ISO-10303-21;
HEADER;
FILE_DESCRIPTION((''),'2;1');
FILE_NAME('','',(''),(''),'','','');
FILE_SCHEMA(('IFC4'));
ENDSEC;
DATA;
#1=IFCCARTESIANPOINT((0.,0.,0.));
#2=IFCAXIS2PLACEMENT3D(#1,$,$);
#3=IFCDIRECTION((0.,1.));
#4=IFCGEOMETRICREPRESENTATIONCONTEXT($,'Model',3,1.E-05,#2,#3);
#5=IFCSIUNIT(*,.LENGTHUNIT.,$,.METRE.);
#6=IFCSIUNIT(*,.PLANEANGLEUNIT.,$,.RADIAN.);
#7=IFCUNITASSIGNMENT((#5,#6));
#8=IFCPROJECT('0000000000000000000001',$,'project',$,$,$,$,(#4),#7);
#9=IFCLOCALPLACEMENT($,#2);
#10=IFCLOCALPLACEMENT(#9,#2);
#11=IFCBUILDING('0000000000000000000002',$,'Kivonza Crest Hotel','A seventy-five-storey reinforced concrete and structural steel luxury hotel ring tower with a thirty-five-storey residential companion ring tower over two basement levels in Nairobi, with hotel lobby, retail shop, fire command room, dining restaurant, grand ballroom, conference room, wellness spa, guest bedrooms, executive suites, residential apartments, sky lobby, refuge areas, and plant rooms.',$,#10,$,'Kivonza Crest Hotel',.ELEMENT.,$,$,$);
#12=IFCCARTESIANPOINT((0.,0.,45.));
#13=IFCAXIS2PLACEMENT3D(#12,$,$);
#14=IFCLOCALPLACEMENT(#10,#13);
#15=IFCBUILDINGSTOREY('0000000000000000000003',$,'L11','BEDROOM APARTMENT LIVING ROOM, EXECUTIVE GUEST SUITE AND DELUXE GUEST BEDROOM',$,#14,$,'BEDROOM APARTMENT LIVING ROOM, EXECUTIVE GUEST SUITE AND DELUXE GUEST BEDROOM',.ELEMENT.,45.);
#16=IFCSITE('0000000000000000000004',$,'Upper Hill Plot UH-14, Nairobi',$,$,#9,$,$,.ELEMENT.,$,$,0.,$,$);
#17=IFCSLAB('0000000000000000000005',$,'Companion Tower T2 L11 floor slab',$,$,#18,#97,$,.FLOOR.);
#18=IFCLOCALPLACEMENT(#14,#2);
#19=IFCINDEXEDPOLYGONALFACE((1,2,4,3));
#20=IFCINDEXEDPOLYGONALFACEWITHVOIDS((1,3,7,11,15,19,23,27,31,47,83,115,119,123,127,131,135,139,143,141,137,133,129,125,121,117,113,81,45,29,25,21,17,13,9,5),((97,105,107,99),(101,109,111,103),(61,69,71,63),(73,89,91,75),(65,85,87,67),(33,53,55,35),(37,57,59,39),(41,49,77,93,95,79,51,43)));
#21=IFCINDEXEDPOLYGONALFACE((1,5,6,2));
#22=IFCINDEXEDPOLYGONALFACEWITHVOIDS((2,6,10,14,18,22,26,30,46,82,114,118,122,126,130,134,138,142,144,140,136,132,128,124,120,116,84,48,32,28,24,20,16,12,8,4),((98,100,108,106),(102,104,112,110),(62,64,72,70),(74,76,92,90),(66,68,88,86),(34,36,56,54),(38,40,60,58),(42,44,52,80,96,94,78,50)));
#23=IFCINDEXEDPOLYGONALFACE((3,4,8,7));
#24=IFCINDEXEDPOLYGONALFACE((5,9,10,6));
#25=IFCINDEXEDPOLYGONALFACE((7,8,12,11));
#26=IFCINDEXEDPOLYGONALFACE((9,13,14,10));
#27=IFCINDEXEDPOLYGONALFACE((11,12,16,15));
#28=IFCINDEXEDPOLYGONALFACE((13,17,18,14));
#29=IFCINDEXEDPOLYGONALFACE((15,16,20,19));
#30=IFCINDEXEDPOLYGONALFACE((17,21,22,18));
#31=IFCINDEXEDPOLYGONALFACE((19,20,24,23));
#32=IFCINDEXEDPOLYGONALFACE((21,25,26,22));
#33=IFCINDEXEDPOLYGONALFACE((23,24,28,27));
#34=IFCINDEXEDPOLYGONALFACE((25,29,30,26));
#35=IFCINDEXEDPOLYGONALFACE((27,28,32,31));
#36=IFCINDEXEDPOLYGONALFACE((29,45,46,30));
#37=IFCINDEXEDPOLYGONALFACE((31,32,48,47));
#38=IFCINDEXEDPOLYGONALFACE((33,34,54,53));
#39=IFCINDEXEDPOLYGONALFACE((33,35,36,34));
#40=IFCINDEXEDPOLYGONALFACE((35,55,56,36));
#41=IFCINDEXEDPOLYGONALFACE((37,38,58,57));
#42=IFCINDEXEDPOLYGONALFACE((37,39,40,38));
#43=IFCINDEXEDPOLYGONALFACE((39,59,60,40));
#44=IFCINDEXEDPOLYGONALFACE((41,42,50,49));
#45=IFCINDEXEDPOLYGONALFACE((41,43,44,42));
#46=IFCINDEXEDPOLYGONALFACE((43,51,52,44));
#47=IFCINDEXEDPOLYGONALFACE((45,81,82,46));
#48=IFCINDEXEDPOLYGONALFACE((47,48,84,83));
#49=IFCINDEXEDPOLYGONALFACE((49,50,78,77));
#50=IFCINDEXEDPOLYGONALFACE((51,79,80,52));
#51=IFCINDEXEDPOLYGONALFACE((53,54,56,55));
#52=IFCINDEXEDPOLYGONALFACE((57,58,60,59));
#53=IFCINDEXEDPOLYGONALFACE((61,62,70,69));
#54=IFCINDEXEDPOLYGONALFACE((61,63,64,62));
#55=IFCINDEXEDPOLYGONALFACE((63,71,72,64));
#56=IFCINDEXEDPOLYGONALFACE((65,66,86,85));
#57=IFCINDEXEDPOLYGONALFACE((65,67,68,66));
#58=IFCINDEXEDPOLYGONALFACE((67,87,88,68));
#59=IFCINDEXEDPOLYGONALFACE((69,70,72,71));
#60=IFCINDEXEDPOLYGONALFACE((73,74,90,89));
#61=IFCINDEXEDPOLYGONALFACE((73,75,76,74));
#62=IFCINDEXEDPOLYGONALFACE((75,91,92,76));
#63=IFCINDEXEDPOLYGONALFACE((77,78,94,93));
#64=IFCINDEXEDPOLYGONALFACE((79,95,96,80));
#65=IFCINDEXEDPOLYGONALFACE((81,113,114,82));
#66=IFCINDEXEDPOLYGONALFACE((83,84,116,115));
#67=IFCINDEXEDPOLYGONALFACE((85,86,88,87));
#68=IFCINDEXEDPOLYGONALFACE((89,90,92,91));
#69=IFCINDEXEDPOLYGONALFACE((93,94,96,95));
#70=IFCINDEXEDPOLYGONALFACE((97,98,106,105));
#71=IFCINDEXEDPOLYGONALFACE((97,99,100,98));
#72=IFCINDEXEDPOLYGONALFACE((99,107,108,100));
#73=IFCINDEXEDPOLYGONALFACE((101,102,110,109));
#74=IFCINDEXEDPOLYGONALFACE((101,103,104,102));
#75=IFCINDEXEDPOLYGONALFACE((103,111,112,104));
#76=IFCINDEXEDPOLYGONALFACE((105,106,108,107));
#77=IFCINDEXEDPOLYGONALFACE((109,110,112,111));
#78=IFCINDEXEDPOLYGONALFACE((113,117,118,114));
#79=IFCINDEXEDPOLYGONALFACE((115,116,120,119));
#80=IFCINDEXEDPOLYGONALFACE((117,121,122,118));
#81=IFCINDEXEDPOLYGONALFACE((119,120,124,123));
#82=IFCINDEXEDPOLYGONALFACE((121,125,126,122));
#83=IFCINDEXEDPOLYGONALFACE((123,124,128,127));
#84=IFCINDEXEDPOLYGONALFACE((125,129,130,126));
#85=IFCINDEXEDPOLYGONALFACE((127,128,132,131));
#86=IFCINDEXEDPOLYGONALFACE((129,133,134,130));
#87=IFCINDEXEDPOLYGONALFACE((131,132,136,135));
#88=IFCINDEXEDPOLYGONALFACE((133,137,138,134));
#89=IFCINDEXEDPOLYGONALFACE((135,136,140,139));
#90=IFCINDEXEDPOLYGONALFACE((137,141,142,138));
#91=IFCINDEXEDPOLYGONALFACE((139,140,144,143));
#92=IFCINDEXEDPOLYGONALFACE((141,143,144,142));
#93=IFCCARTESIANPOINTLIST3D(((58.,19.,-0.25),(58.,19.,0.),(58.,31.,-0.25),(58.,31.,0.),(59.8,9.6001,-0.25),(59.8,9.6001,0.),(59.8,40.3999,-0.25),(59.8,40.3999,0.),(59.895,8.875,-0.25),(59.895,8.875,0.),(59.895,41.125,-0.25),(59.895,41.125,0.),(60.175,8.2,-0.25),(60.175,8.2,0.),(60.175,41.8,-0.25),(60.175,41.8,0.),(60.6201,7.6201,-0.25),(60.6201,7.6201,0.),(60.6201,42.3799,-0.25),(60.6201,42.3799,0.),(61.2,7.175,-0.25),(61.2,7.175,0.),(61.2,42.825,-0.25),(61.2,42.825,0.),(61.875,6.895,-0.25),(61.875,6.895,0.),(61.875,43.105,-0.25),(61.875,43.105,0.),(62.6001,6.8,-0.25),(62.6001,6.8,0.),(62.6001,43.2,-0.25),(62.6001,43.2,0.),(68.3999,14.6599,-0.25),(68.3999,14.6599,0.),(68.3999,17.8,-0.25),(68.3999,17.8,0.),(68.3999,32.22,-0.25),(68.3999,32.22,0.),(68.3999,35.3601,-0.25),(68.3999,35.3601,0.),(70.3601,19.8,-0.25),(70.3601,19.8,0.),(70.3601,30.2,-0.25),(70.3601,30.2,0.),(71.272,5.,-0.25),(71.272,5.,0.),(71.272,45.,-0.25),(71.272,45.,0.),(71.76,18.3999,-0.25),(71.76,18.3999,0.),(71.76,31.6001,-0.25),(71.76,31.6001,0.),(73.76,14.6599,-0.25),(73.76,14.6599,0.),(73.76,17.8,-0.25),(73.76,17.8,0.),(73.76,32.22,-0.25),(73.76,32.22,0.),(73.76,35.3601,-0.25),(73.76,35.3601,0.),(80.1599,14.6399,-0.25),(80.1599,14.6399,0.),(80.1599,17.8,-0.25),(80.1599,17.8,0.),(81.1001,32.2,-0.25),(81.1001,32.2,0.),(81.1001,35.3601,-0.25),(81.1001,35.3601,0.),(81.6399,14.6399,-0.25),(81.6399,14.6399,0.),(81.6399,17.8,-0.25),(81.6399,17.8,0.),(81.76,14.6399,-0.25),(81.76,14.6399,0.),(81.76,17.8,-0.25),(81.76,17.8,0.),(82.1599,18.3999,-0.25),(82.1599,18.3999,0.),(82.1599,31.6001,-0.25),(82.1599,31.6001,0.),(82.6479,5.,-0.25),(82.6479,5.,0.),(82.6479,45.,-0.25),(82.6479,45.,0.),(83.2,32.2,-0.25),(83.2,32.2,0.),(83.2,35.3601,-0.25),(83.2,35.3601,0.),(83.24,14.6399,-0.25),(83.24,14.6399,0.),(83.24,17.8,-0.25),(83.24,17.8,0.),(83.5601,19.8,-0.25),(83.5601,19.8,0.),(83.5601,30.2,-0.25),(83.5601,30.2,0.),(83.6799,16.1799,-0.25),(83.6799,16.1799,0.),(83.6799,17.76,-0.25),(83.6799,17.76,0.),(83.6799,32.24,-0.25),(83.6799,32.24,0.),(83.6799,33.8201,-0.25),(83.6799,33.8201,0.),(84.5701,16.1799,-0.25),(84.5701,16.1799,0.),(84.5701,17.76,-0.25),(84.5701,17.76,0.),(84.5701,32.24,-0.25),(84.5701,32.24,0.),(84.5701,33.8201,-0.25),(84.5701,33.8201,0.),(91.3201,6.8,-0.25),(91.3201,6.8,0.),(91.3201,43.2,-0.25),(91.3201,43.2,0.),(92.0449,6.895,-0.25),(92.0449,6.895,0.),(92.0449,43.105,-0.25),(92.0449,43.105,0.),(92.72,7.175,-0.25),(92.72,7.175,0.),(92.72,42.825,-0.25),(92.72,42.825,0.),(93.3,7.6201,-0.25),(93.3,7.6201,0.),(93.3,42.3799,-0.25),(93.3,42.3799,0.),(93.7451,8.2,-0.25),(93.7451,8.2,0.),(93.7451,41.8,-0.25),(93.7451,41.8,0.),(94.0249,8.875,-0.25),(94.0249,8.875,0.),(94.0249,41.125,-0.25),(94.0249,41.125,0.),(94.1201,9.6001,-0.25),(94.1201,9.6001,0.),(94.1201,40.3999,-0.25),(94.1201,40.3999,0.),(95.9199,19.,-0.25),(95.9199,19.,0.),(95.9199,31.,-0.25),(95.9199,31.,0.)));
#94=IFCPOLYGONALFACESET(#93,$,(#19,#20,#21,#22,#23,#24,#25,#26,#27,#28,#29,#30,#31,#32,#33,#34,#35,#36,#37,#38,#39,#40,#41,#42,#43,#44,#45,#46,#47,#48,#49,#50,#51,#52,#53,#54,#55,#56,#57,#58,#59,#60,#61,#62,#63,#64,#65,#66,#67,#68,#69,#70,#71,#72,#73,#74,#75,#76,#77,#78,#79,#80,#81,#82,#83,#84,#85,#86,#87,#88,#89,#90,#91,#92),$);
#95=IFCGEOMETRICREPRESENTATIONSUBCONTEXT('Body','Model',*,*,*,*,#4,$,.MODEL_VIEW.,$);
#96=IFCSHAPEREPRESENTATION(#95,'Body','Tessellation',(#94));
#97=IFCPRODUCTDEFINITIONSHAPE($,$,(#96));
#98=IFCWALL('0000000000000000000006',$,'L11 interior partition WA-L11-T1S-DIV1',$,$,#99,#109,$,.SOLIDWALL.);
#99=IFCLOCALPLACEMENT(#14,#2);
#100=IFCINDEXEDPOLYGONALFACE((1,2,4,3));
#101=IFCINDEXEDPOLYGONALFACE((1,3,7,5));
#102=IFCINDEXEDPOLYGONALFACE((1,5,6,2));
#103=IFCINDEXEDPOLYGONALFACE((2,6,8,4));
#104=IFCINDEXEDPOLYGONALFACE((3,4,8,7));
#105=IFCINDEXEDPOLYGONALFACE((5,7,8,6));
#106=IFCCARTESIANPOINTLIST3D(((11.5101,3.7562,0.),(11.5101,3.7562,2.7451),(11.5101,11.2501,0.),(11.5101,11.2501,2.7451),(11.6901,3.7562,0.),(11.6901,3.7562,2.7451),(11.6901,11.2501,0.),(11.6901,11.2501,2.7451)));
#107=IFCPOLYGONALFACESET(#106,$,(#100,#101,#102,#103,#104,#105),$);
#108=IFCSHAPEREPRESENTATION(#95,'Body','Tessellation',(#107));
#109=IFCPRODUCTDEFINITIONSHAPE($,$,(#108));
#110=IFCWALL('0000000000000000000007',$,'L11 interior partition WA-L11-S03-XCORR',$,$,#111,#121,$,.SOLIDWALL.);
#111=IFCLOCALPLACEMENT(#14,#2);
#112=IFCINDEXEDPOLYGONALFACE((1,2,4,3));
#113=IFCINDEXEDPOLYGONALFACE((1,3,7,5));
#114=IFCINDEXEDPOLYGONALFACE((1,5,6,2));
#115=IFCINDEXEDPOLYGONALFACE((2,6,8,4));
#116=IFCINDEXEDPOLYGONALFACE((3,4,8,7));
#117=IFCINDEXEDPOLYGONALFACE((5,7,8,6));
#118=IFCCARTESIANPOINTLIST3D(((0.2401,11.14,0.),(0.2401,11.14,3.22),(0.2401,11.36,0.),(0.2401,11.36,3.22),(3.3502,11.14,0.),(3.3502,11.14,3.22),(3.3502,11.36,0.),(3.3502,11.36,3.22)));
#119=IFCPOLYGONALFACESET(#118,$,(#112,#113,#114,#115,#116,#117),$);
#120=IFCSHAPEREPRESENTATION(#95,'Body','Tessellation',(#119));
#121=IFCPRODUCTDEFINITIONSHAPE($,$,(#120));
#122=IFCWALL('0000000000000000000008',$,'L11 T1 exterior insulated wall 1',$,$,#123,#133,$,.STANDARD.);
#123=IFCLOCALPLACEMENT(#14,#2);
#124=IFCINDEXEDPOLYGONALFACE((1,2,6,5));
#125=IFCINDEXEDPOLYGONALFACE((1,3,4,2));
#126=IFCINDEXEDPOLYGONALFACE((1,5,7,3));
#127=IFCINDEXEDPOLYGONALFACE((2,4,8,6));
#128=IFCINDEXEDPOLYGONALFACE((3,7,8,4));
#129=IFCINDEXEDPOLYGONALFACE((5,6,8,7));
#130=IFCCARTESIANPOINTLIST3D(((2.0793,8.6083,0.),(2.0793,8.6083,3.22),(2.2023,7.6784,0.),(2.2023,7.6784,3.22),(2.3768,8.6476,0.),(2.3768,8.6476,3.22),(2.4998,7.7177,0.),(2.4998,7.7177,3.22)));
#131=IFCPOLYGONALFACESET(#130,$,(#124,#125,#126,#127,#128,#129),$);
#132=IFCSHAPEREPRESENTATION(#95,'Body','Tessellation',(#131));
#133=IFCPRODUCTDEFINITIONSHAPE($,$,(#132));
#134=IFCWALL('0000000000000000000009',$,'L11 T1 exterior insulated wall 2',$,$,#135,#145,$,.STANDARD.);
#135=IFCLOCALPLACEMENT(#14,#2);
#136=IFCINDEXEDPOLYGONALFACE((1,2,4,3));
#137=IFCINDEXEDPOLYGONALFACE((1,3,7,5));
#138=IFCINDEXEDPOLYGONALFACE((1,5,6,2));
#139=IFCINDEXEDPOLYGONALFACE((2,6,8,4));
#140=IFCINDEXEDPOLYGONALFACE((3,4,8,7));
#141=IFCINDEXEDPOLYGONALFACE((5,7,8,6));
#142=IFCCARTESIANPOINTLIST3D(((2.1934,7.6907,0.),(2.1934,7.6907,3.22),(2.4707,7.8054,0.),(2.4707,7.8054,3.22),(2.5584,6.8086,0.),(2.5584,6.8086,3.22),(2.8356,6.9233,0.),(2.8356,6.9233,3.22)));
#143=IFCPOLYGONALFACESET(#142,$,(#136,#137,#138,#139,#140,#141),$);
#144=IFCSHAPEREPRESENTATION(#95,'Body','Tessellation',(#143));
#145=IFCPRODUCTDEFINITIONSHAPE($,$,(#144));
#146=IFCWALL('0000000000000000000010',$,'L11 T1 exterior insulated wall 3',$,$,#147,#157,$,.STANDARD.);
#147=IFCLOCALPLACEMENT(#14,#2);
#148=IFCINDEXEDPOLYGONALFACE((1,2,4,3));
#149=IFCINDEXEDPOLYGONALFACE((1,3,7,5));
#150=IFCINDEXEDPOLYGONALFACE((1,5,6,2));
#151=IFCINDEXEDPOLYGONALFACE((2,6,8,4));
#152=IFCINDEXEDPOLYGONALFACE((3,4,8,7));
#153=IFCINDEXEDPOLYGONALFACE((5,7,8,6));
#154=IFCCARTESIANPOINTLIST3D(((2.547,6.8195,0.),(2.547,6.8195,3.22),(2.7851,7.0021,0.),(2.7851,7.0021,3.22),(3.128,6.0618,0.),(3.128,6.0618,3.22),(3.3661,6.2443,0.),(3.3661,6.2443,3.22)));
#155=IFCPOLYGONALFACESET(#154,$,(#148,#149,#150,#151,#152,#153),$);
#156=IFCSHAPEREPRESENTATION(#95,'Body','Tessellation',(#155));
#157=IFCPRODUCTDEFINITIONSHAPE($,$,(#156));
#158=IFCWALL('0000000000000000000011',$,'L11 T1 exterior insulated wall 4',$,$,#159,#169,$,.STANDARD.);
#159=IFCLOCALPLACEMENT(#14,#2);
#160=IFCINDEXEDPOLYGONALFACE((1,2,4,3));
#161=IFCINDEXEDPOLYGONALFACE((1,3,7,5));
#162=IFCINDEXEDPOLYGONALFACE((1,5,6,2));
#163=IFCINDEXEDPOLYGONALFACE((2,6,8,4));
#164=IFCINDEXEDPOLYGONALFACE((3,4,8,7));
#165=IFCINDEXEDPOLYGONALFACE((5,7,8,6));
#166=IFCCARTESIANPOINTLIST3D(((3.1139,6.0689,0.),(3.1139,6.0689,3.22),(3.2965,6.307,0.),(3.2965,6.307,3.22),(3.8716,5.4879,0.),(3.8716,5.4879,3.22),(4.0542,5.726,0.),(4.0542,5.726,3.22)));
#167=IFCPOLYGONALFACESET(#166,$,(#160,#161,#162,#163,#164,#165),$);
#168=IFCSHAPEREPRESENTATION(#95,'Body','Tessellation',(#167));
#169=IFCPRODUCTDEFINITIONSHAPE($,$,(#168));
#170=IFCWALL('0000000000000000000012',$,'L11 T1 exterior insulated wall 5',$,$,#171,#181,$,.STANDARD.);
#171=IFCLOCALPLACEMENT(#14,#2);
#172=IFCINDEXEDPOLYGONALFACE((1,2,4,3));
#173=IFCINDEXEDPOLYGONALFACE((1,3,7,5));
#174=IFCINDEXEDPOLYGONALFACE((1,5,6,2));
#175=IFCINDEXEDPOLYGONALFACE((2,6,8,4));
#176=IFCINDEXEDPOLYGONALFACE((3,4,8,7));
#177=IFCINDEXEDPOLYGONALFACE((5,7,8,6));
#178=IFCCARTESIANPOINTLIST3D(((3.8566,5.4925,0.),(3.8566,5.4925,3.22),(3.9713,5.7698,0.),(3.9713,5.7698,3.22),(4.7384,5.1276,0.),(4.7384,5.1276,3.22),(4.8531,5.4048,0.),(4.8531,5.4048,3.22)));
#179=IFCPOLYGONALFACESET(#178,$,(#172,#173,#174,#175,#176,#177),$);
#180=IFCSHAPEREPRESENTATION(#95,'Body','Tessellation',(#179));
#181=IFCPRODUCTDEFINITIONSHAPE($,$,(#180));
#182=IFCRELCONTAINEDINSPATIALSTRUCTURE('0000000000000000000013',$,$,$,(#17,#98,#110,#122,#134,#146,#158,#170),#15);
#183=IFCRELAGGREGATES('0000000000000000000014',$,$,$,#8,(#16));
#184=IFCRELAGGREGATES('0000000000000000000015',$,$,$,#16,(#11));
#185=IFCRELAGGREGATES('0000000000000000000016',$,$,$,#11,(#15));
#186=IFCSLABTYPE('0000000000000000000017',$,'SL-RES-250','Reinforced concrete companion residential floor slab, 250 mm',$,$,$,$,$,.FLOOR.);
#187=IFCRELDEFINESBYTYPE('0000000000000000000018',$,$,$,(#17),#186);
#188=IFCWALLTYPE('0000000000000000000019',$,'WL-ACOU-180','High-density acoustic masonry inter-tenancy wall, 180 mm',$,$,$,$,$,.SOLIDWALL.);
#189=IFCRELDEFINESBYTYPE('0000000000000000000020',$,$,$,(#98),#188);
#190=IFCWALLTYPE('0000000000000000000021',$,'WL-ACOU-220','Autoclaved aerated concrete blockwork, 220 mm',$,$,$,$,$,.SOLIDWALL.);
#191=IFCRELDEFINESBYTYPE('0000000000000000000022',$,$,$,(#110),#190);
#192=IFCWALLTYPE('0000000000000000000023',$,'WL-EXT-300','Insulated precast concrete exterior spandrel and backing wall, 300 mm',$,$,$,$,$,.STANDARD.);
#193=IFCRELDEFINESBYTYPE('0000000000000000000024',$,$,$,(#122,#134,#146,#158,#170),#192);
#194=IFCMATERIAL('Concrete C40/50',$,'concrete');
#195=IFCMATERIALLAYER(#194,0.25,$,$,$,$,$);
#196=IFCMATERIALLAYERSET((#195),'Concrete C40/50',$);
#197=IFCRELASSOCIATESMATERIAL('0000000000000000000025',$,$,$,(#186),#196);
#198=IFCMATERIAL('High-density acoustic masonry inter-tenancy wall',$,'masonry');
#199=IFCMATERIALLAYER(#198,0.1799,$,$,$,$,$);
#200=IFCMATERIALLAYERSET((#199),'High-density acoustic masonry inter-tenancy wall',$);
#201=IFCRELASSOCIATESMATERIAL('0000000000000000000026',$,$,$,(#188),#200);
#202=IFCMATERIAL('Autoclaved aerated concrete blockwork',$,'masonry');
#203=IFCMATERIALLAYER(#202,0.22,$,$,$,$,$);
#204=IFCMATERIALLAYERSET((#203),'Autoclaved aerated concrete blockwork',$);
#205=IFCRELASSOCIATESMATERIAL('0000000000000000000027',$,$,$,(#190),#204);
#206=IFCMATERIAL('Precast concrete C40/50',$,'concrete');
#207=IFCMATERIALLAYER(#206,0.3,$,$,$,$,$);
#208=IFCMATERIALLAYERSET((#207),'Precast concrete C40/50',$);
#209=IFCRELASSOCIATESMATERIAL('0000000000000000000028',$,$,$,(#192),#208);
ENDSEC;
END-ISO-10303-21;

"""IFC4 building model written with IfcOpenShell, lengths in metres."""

from ifc_helpers import new_model, si_unit, direction, frame, frame_2d, origin, place, context, subcontext, project, spatial, polyline, rectangle, outline, extrude, material, layer, layer_set, type_object, element, save


model = new_model("IFC4")

# Units and contexts
model_context = context("Model", 3, precision=1e-05, world=origin(), true_north=direction((0.0, 1.0)))
body_context = subcontext(model_context, "Body", "Model", "MODEL_VIEW")
ifc_project = project(units=[si_unit("LENGTHUNIT", "METRE"), si_unit("PLANEANGLEUNIT", "RADIAN")], contexts=[model_context])

# Site, building, storey
site_placement = place(None, origin())
site = spatial("IfcSite", under=ifc_project, at=site_placement, Name="Upper Hill Plot UH-14, Nairobi", CompositionType="ELEMENT", RefElevation=0.0)
building_placement = place(site_placement, origin())
building = spatial("IfcBuilding", under=site, at=building_placement, Name="Kivonza Crest Hotel", Description="A seventy-five-storey reinforced concrete and structural steel luxury hotel ring tower with a thirty-five-storey residential companion ring tower over two basement levels in Nairobi, with hotel lobby, retail shop, fire command room, dining restaurant, grand ballroom, conference room, wellness spa, guest bedrooms, executive suites, residential apartments, sky lobby, refuge areas, and plant rooms.", LongName="Kivonza Crest Hotel", CompositionType="ELEMENT")
storey_placement = place(building_placement, frame((0.0, 0.0, 45.0)))
storey = spatial("IfcBuildingStorey", under=building, at=storey_placement, Name="L11", Description="BEDROOM APARTMENT LIVING ROOM, EXECUTIVE GUEST SUITE AND DELUXE GUEST BEDROOM", LongName="BEDROOM APARTMENT LIVING ROOM, EXECUTIVE GUEST SUITE AND DELUXE GUEST BEDROOM", CompositionType="ELEMENT", Elevation=45.0)

# Shared definitions
ifc_material_1 = material(Name="Concrete C40/50", Category="concrete")

# Slab
ifc_layer_1 = layer(ifc_material_1, 0.25)
ifc_layer_set_1 = layer_set([ifc_layer_1], Name="Concrete C40/50")
slab_type_1 = type_object("IfcSlabType", Name="SL-RES-250", Description="Reinforced concrete companion residential floor slab, 250 mm", PredefinedType="FLOOR", material=ifc_layer_set_1)
slab_1_placement = place(storey_placement, frame((0.0, 0.0, -0.25)))
element("IfcSlab", 1, at=slab_1_placement, inside=storey, type_object=slab_type_1, Name="Companion Tower T2 L11 floor slab", PredefinedType="FLOOR", context=body_context, shape_type="SweptSolid", body=[
    extrude(outline(polyline([(59.8, 9.6001), (59.895, 8.875), (60.175, 8.2), (60.6201, 7.6201), (61.2, 7.175), (61.875, 6.895), (62.6001, 6.8), (71.272, 5.0), (82.6479, 5.0), (91.3201, 6.8), (92.0449, 6.895), (92.72, 7.175), (93.3, 7.6201), (93.7451, 8.2), (94.0249, 8.875), (94.1201, 9.6001), (95.9199, 19.0), (95.9199, 31.0), (94.1201, 40.3999), (94.0249, 41.125), (93.7451, 41.8), (93.3, 42.3799), (92.72, 42.825), (92.0449, 43.105), (91.3201, 43.2), (82.6479, 45.0), (71.272, 45.0), (62.6001, 43.2), (61.875, 43.105), (61.2, 42.825), (60.6201, 42.3799), (60.175, 41.8), (59.895, 41.125), (59.8, 40.3999), (58.0, 31.0), (58.0, 19.0), (59.8, 9.6001)]), holes=[polyline([(71.76, 18.3999), (82.1599, 18.3999), (83.5601, 19.8), (83.5601, 30.2), (82.1599, 31.6001), (71.76, 31.6001), (70.3601, 30.2), (70.3601, 19.8), (71.76, 18.3999)]), polyline([(68.3999, 32.22), (73.76, 32.22), (73.76, 35.3601), (68.3999, 35.3601), (68.3999, 32.22)]), polyline([(68.3999, 14.6599), (73.76, 14.6599), (73.76, 17.8), (68.3999, 17.8), (68.3999, 14.6599)]), polyline([(83.6799, 32.24), (84.5701, 32.24), (84.5701, 33.8201), (83.6799, 33.8201), (83.6799, 32.24)]), polyline([(83.6799, 16.1799), (84.5701, 16.1799), (84.5701, 17.76), (83.6799, 17.76), (83.6799, 16.1799)]), polyline([(81.1001, 32.2), (83.2, 32.2), (83.2, 35.3601), (81.1001, 35.3601), (81.1001, 32.2)]), polyline([(80.1599, 14.6399), (81.6399, 14.6399), (81.6399, 17.8), (80.1599, 17.8), (80.1599, 14.6399)]), polyline([(81.76, 14.6399), (83.24, 14.6399), (83.24, 17.8), (81.76, 17.8), (81.76, 14.6399)])]), origin(), (0.0, 0.0, 1.0), 0.25),
])

# Walls
ifc_material_2 = material(Name="High-density acoustic masonry inter-tenancy wall", Category="masonry")
ifc_layer_2 = layer(ifc_material_2, 0.1799)
ifc_layer_set_2 = layer_set([ifc_layer_2], Name="High-density acoustic masonry inter-tenancy wall")
wall_type_1 = type_object("IfcWallType", Name="WL-ACOU-180", Description="High-density acoustic masonry inter-tenancy wall, 180 mm", PredefinedType="SOLIDWALL", material=ifc_layer_set_2)
wall_1_placement = place(storey_placement, frame((11.6001, 3.7561, 0.0), z_axis=(0.0, 0.0, 1.0), x_axis=(0.0, 1.0, 0.0)))
element("IfcWall", 2, at=wall_1_placement, inside=storey, type_object=wall_type_1, Name="L11 interior partition WA-L11-T1S-DIV1", PredefinedType="SOLIDWALL", context=body_context, shape_type="SweptSolid", body=[
    extrude(rectangle(XDim=7.4939, YDim=0.1799, at=frame_2d((3.7471, 0.0))), origin(), (0.0, 0.0, 1.0), 2.7451),
])
ifc_material_3 = material(Name="Autoclaved aerated concrete blockwork", Category="masonry")
ifc_layer_3 = layer(ifc_material_3, 0.22)
ifc_layer_set_3 = layer_set([ifc_layer_3], Name="Autoclaved aerated concrete blockwork")
wall_type_2 = type_object("IfcWallType", Name="WL-ACOU-220", Description="Autoclaved aerated concrete blockwork, 220 mm", PredefinedType="SOLIDWALL", material=ifc_layer_set_3)
wall_2_placement = place(storey_placement, frame((0.24, 11.25, 0.0), z_axis=(0.0, 0.0, 1.0), x_axis=(1.0, 0.0, 0.0)))
element("IfcWall", 3, at=wall_2_placement, inside=storey, type_object=wall_type_2, Name="L11 interior partition WA-L11-S03-XCORR", PredefinedType="SOLIDWALL", context=body_context, shape_type="SweptSolid", body=[
    extrude(rectangle(XDim=3.1101, YDim=0.22, at=frame_2d((1.5552, 0.0))), origin(), (0.0, 0.0, 1.0), 3.22),
])
ifc_material_4 = material(Name="Precast concrete C40/50", Category="concrete")
ifc_layer_4 = layer(ifc_material_4, 0.3)
ifc_layer_set_4 = layer_set([ifc_layer_4], Name="Precast concrete C40/50")
wall_type_3 = type_object("IfcWallType", Name="WL-EXT-300", Description="Insulated precast concrete exterior spandrel and backing wall, 300 mm", PredefinedType="STANDARD", material=ifc_layer_set_4)
wall_3_placement = place(storey_placement, frame((2.228, 8.6279, 0.0), z_axis=(0.0, 0.0, 1.0), x_axis=(0.131175, -0.991359, 0.0)))
element("IfcWall", 4, at=wall_3_placement, inside=storey, type_object=wall_type_3, Name="L11 T1 exterior insulated wall 1", PredefinedType="STANDARD", context=body_context, shape_type="SweptSolid", body=[
    extrude(rectangle(XDim=0.938, YDim=0.3, at=frame_2d((0.469, 0.0))), origin(), (0.0, 0.0, 1.0), 3.22),
])
wall_4_placement = place(storey_placement, frame((2.332, 7.748, 0.0), z_axis=(0.0, 0.0, 1.0), x_axis=(0.382344, -0.92402, 0.0)))
element("IfcWall", 5, at=wall_4_placement, inside=storey, type_object=wall_type_3, Name="L11 T1 exterior insulated wall 2", PredefinedType="STANDARD", context=body_context, shape_type="SweptSolid", body=[
    extrude(rectangle(XDim=0.9546, YDim=0.3, at=frame_2d((0.4773, 0.0))), origin(), (0.0, 0.0, 1.0), 3.22),
])
for number, where, z_axis, x_axis, name in (
    (6, (2.666, 6.9109, 0.0), (0.0, 0.0, 1.0), (0.608474, -0.793573, 0.0), "L11 T1 exterior insulated wall 3"),
    (7, (3.2051, 6.188, 0.0), (0.0, 0.0, 1.0), (0.793573, -0.608474, 0.0), "L11 T1 exterior insulated wall 4"),
):
    element("IfcWall", number, at=place(storey_placement, frame(where, z_axis=z_axis, x_axis=x_axis)), inside=storey, type_object=wall_type_3, Name=name, PredefinedType="STANDARD", context=body_context, shape_type="SweptSolid", body=[
        extrude(rectangle(XDim=0.9548, YDim=0.3, at=frame_2d((0.4775, 0.0))), origin(), (0.0, 0.0, 1.0), 3.22),
    ])
wall_5_placement = place(storey_placement, frame((3.9141, 5.6311, 0.0), z_axis=(0.0, 0.0, 1.0), x_axis=(0.923983, -0.382435, 0.0)))
element("IfcWall", 8, at=wall_5_placement, inside=storey, type_object=wall_type_3, Name="L11 T1 exterior insulated wall 5", PredefinedType="STANDARD", context=body_context, shape_type="SweptSolid", body=[
    extrude(rectangle(XDim=0.9543, YDim=0.3, at=frame_2d((0.4771, 0.0))), origin(), (0.0, 0.0, 1.0), 3.22),
])

save(model, "model.ifc")
